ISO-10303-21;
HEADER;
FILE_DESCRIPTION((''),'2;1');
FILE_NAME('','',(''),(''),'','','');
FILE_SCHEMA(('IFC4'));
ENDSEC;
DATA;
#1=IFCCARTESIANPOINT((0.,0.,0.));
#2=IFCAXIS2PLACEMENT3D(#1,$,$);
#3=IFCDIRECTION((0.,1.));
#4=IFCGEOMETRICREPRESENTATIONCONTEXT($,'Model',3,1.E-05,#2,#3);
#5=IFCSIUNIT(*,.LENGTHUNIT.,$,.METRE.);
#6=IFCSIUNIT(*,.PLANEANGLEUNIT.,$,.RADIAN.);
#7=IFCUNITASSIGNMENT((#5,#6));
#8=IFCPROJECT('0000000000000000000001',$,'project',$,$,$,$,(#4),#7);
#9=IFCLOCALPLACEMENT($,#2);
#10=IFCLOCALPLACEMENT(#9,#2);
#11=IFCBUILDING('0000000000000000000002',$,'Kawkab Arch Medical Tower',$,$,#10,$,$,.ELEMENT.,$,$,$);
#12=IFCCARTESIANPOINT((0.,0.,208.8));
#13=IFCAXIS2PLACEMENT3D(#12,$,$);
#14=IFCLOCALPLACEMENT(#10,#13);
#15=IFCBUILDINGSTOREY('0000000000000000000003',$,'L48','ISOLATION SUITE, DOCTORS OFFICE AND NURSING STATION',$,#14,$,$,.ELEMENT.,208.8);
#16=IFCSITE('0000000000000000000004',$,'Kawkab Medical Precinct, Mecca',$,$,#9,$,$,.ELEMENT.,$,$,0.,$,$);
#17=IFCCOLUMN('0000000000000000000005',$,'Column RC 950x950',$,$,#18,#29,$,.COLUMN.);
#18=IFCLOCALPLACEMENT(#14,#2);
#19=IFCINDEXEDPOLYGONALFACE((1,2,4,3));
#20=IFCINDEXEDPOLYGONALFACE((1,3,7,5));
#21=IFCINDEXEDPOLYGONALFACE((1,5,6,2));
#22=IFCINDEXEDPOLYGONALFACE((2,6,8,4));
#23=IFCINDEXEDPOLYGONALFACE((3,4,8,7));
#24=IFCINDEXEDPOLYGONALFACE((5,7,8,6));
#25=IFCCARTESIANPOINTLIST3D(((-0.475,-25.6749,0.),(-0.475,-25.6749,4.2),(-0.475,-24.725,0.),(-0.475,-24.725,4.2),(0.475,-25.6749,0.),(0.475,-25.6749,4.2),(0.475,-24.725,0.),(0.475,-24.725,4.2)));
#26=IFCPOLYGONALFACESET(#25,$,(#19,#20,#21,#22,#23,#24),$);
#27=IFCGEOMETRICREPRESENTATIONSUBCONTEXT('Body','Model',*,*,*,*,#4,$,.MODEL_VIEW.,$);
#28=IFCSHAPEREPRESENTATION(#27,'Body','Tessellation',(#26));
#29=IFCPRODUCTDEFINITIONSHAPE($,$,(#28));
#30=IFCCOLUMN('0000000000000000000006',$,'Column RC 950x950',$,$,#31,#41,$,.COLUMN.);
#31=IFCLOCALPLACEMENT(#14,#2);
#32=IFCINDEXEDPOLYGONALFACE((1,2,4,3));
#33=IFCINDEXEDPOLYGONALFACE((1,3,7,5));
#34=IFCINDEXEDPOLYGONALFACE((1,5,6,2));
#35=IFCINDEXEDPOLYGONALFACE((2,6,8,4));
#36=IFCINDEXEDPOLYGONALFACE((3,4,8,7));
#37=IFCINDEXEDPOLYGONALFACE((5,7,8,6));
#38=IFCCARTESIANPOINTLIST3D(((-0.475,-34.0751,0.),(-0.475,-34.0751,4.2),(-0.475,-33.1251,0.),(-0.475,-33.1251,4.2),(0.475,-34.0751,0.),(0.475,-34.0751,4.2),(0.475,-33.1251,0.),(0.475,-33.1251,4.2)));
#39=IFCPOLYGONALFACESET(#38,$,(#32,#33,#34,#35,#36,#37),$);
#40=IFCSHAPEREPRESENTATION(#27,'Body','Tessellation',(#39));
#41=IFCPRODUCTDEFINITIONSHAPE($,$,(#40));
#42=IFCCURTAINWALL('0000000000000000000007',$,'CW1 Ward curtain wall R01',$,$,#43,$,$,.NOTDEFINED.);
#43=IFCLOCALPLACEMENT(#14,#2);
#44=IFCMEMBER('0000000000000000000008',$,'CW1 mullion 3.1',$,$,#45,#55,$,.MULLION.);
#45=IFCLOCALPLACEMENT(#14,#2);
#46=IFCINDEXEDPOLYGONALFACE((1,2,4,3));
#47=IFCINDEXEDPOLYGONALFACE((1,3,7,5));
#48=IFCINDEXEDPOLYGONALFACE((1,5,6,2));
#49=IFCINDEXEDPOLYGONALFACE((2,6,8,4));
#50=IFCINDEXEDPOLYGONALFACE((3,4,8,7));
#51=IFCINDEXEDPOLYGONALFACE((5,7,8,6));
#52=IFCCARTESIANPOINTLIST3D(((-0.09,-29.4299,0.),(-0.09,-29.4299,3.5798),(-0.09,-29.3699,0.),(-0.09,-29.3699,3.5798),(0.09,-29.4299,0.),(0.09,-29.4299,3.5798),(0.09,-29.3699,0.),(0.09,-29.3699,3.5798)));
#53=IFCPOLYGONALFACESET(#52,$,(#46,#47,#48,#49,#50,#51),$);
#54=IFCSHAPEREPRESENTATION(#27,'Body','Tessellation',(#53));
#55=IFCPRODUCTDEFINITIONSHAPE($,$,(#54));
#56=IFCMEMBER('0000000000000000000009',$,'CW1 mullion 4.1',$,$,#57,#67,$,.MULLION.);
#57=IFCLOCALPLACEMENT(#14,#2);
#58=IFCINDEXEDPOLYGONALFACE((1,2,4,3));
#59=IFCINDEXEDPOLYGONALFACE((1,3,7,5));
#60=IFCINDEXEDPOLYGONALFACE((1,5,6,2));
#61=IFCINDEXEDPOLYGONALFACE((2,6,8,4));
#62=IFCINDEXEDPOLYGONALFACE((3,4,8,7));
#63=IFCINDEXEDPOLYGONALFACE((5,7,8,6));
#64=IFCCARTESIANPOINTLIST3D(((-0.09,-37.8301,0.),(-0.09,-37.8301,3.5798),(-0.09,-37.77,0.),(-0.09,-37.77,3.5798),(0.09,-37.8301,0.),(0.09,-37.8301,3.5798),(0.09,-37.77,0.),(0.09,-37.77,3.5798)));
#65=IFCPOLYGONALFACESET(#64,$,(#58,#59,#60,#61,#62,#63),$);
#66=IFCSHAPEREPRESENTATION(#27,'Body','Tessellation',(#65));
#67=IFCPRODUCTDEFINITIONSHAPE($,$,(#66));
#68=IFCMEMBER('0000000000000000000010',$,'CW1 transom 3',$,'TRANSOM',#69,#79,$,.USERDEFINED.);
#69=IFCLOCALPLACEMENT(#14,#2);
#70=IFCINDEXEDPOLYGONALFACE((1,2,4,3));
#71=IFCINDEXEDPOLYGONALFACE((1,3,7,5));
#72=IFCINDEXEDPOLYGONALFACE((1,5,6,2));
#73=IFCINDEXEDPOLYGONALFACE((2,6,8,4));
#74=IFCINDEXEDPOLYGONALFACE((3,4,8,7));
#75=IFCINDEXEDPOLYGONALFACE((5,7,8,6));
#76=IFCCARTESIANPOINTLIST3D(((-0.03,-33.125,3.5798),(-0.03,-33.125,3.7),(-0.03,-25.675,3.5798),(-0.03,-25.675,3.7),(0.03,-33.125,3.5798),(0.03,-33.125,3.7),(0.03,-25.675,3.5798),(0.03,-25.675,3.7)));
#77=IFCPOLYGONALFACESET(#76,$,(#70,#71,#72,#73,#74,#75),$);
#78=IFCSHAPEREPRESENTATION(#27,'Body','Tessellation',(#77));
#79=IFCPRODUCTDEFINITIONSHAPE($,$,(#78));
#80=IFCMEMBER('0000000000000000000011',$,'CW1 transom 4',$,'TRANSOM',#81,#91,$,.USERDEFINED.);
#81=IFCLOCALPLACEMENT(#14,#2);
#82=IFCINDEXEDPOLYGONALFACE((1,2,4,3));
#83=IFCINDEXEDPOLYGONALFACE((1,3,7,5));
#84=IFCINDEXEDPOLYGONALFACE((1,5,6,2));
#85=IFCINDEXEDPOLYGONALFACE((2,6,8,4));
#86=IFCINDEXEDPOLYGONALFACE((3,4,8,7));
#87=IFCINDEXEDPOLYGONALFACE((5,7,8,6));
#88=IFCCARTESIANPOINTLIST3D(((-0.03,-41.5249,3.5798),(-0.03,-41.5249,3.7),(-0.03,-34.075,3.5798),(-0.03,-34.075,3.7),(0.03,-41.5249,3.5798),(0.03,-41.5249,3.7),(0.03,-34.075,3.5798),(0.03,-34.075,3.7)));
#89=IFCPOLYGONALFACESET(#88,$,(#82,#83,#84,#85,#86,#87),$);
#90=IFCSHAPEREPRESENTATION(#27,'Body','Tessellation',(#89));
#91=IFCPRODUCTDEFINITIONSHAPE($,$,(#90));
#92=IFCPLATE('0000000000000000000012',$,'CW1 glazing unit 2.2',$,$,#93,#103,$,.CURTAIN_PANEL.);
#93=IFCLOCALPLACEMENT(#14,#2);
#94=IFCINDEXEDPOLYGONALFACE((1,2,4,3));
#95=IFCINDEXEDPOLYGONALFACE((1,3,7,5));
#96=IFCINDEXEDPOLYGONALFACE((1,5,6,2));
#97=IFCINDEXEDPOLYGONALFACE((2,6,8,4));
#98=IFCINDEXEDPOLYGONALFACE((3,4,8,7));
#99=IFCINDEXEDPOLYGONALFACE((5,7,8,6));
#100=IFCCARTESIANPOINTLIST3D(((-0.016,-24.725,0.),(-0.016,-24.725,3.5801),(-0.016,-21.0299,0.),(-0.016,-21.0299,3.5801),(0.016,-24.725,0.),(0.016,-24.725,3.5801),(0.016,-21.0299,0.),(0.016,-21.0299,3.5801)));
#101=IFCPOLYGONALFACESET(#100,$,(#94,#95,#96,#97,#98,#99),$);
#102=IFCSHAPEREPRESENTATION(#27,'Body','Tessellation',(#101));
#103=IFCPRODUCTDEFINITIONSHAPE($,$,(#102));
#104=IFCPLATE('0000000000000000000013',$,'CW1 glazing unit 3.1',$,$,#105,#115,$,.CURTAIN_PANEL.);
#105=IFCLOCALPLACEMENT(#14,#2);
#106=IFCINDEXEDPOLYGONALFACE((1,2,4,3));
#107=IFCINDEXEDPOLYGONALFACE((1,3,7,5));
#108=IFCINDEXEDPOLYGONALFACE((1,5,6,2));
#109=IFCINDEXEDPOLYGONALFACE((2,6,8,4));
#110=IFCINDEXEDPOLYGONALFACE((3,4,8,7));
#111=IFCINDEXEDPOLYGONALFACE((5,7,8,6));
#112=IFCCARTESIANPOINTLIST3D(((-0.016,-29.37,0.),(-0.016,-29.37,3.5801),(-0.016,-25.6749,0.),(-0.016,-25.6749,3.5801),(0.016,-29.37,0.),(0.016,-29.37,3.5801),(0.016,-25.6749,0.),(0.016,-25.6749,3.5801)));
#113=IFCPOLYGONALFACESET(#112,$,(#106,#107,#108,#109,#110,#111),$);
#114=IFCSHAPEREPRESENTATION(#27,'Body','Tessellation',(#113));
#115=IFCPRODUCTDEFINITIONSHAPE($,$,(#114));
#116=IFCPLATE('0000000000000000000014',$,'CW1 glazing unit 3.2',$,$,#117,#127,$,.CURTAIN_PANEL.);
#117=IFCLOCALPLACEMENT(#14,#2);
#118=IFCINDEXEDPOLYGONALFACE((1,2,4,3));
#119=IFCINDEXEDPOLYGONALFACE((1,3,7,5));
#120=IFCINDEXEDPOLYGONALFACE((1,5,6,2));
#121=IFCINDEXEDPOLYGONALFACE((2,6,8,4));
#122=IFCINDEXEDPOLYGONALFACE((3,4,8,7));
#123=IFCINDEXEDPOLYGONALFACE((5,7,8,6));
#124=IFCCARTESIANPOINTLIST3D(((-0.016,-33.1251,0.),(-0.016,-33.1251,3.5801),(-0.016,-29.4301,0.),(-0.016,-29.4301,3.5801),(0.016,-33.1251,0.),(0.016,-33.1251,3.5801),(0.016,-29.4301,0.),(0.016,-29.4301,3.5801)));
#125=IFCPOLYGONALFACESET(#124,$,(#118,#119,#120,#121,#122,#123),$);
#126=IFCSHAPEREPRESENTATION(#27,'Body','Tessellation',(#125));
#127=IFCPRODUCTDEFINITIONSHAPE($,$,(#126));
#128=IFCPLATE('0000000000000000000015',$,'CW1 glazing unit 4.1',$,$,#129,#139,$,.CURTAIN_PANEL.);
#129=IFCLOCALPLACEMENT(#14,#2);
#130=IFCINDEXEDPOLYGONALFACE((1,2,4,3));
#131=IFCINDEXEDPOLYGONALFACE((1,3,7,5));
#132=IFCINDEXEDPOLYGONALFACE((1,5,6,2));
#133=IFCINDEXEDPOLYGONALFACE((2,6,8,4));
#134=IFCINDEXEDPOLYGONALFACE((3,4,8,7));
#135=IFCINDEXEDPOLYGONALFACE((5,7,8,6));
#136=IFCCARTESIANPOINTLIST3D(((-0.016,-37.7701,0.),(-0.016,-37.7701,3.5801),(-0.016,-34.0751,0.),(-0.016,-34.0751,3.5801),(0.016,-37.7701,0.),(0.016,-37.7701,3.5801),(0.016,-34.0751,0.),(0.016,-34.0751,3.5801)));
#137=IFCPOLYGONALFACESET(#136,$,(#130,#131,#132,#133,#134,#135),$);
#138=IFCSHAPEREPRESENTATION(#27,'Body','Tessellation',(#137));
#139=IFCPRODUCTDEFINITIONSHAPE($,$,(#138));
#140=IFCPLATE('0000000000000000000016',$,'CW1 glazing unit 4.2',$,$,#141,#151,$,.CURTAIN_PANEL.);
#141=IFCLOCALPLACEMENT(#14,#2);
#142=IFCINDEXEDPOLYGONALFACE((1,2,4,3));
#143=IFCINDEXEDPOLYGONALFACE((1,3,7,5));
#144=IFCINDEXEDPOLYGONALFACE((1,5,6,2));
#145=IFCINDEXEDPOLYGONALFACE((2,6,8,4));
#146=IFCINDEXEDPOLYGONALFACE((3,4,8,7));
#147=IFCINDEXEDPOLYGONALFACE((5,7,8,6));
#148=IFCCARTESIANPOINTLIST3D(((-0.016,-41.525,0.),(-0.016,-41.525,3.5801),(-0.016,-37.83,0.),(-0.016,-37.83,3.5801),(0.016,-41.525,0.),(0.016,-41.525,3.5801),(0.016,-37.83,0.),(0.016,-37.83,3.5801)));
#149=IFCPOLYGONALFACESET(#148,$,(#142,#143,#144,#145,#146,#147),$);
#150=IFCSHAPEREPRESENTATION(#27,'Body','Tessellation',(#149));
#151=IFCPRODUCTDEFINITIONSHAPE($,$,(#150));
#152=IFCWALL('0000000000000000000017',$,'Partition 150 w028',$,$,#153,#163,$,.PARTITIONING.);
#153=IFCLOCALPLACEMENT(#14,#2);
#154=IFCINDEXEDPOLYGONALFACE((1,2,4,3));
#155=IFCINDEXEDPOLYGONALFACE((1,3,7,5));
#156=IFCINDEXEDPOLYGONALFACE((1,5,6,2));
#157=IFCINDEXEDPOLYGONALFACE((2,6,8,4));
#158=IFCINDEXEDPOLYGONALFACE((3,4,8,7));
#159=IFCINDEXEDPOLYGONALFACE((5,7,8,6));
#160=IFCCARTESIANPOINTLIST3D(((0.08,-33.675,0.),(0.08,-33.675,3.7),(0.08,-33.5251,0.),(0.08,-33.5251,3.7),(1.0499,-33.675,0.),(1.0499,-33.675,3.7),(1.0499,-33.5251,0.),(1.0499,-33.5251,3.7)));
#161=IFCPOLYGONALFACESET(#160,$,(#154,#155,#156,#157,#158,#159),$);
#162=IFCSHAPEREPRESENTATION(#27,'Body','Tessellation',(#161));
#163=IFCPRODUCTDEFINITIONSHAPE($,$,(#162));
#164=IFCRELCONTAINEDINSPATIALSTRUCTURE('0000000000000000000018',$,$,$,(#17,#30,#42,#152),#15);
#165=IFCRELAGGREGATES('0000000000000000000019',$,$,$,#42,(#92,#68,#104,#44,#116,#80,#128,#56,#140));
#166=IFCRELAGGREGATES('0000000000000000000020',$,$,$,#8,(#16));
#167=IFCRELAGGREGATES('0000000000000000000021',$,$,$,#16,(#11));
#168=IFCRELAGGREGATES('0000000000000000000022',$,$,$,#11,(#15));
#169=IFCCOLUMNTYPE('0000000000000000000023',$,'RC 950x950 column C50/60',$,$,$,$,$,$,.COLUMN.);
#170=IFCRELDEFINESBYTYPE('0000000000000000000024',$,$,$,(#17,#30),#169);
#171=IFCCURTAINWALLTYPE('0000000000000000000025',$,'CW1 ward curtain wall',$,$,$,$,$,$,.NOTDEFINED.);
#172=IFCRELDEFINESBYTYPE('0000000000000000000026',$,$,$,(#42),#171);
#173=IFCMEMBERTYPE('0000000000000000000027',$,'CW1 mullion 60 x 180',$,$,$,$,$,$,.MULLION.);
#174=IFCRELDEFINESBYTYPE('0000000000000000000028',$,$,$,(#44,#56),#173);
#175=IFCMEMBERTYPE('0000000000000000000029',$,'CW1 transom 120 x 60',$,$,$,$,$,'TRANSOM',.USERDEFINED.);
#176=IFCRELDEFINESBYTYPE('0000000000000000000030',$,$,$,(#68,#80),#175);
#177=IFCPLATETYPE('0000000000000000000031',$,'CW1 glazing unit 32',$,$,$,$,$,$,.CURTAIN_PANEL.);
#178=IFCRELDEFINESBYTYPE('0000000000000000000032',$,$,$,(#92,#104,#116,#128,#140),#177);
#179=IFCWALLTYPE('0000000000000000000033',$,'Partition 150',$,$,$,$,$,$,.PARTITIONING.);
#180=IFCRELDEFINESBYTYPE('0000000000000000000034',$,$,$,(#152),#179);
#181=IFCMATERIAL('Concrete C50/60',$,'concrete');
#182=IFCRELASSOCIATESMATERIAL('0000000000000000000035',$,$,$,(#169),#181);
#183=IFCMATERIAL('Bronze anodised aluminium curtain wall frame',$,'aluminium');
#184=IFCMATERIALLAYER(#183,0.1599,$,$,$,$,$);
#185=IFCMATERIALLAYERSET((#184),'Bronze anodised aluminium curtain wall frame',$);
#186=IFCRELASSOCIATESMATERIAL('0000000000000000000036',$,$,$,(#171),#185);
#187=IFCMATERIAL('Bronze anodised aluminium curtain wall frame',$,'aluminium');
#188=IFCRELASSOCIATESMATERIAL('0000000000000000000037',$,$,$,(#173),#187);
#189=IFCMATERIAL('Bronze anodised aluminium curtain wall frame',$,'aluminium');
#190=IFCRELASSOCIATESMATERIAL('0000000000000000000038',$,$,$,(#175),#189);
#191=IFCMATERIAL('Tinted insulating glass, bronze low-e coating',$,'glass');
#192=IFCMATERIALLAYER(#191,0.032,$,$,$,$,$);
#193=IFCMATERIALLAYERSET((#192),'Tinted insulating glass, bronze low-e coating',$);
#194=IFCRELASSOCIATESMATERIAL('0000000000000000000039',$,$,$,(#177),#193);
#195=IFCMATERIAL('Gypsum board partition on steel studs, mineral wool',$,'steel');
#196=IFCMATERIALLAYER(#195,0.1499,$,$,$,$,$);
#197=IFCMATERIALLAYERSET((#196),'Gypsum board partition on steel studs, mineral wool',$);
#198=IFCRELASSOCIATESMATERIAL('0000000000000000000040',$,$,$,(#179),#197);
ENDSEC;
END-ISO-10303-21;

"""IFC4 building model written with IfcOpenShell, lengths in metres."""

from ifc_helpers import new_model, si_unit, direction, frame, frame_2d, origin, origin_2d, place, context, subcontext, project, spatial, rectangle, extrude, material, layer, layer_set, material_profile, profile_set, type_object, element, aggregate, save


model = new_model("IFC4")

# Units and contexts
model_context = context("Model", 3, precision=1e-05, world=origin(), true_north=direction((0.0, 1.0)))
body_context = subcontext(model_context, "Body", "Model", "MODEL_VIEW")
ifc_project = project(units=[si_unit("LENGTHUNIT", "METRE"), si_unit("PLANEANGLEUNIT", "RADIAN")], contexts=[model_context])

# Site, building, storey
site_placement = place(None, origin())
site = spatial("IfcSite", under=ifc_project, at=site_placement, Name="Kawkab Medical Precinct, Mecca", CompositionType="ELEMENT", RefElevation=0.0)
building_placement = place(site_placement, origin())
building = spatial("IfcBuilding", under=site, at=building_placement, Name="Kawkab Arch Medical Tower", CompositionType="ELEMENT")
storey_placement = place(building_placement, frame((0.0, 0.0, 208.8)))
storey = spatial("IfcBuildingStorey", under=building, at=storey_placement, Name="L48", Description="ISOLATION SUITE, DOCTORS OFFICE AND NURSING STATION", CompositionType="ELEMENT", Elevation=208.8)

# Columns
ifc_material_1 = material(Name="Concrete C50/60", Category="concrete")
ifc_material_profile_1 = material_profile(ifc_material_1, rectangle(XDim=0.95, YDim=0.95, at=origin_2d()), Name="RC 950x950")
ifc_profile_set_1 = profile_set([ifc_material_profile_1], Name="Concrete C50/60")
column_type = type_object("IfcColumnType", Name="RC 950x950 column C50/60", PredefinedType="COLUMN", material=ifc_profile_set_1)
for number, where, z_axis, x_axis, name in (
    (1, (0.0, -25.2, 0.0), (0.0, 0.0, 1.0), (1.0, 0.0, 0.0), "Column RC 950x950"),
    (2, (0.0, -33.6001, 0.0), (0.0, 0.0, 1.0), (1.0, 0.0, 0.0), "Column RC 950x950"),
):
    element("IfcColumn", number, at=place(storey_placement, frame(where, z_axis=z_axis, x_axis=x_axis)), inside=storey, type_object=column_type, Name=name, PredefinedType="COLUMN", context=body_context, shape_type="SweptSolid", body=[
        extrude(rectangle(XDim=0.95, YDim=0.95, at=origin_2d()), origin(), (0.0, 0.0, 1.0), 4.2),
    ])

# Curtain wall, members, plates
ifc_material_2 = material(Name="Bronze anodised aluminium curtain wall frame", Category="aluminium")
ifc_layer_1 = layer(ifc_material_2, 0.1599)
ifc_layer_set_1 = layer_set([ifc_layer_1], Name="Bronze anodised aluminium curtain wall frame")
curtain_wall_type = type_object("IfcCurtainWallType", Name="CW1 ward curtain wall", PredefinedType="NOTDEFINED", material=ifc_layer_set_1)
curtain_wall_placement = place(storey_placement, origin())
curtain_wall = element("IfcCurtainWall", 3, at=curtain_wall_placement, inside=storey, type_object=curtain_wall_type, Name="CW1 Ward curtain wall R01", PredefinedType="NOTDEFINED")
ifc_material_3 = material(Name="Bronze anodised aluminium curtain wall frame", Category="aluminium")
ifc_material_profile_2 = material_profile(ifc_material_3, rectangle(XDim=0.1799, YDim=0.0601, at=origin_2d()), Name="AL 60x180")
ifc_profile_set_2 = profile_set([ifc_material_profile_2], Name="Bronze anodised aluminium curtain wall frame")
member_type_1 = type_object("IfcMemberType", Name="CW1 mullion 60 x 180", PredefinedType="MULLION", material=ifc_profile_set_2)
member_1_placement = place(storey_placement, frame((0.0, -29.3999, 0.0), z_axis=(0.0, 0.0, 1.0), x_axis=(1.0, 0.0, 0.0)))
member_1 = element("IfcMember", 4, at=member_1_placement, type_object=member_type_1, Name="CW1 mullion 3.1", PredefinedType="MULLION", context=body_context, shape_type="SweptSolid", body=[
    extrude(rectangle(XDim=0.1799, YDim=0.0601, at=origin_2d()), origin(), (0.0, 0.0, 1.0), 3.5798),
])
member_2_placement = place(storey_placement, frame((0.0, -37.8, 0.0), z_axis=(0.0, 0.0, 1.0), x_axis=(1.0, 0.0, 0.0)))
member_2 = element("IfcMember", 5, at=member_2_placement, type_object=member_type_1, Name="CW1 mullion 4.1", PredefinedType="MULLION", context=body_context, shape_type="SweptSolid", body=[
    extrude(rectangle(XDim=0.1799, YDim=0.0601, at=origin_2d()), origin(), (0.0, 0.0, 1.0), 3.5798),
])
ifc_material_4 = material(Name="Bronze anodised aluminium curtain wall frame", Category="aluminium")
ifc_material_profile_3 = material_profile(ifc_material_4, rectangle(XDim=0.0601, YDim=0.1201, at=origin_2d()), Name="AL 60x120")
ifc_profile_set_3 = profile_set([ifc_material_profile_3], Name="Bronze anodised aluminium curtain wall frame")
member_type_2 = type_object("IfcMemberType", Name="CW1 transom 120 x 60", ElementType="TRANSOM", PredefinedType="USERDEFINED", material=ifc_profile_set_3)
member_3_placement = place(storey_placement, frame((0.0, -25.675, 3.6399), z_axis=(0.0, -1.0, 0.0), x_axis=(1.0, 0.0, 0.0)))
member_3 = element("IfcMember", 6, at=member_3_placement, type_object=member_type_2, Name="CW1 transom 3", ObjectType="TRANSOM", PredefinedType="USERDEFINED", context=body_context, shape_type="SweptSolid", body=[
    extrude(rectangle(XDim=0.0601, YDim=0.1201, at=origin_2d()), origin(), (0.0, 0.0, 1.0), 7.45),
])
member_4_placement = place(storey_placement, frame((0.0, -34.075, 3.6399), z_axis=(0.0, -1.0, 0.0), x_axis=(1.0, 0.0, 0.0)))
member_4 = element("IfcMember", 7, at=member_4_placement, type_object=member_type_2, Name="CW1 transom 4", ObjectType="TRANSOM", PredefinedType="USERDEFINED", context=body_context, shape_type="SweptSolid", body=[
    extrude(rectangle(XDim=0.0601, YDim=0.1201, at=origin_2d()), origin(), (0.0, 0.0, 1.0), 7.45),
])
ifc_material_5 = material(Name="Tinted insulating glass, bronze low-e coating", Category="glass")
ifc_layer_2 = layer(ifc_material_5, 0.032)
ifc_layer_set_2 = layer_set([ifc_layer_2], Name="Tinted insulating glass, bronze low-e coating")
plate_type = type_object("IfcPlateType", Name="CW1 glazing unit 32", PredefinedType="CURTAIN_PANEL", material=ifc_layer_set_2)
plate_1_placement = place(storey_placement, frame((0.0, -22.8774, 0.0), z_axis=(0.0, 0.0, 1.0), x_axis=(0.0, -1.0, 0.0)))
plate_1 = element("IfcPlate", 8, at=plate_1_placement, type_object=plate_type, Name="CW1 glazing unit 2.2", PredefinedType="CURTAIN_PANEL", context=body_context, shape_type="SweptSolid", body=[
    extrude(rectangle(XDim=3.6951, YDim=0.032, at=origin_2d()), origin(), (0.0, 0.0, 1.0), 3.5801),
])
plate_2_placement = place(storey_placement, frame((0.0, -27.5225, 0.0), z_axis=(0.0, 0.0, 1.0), x_axis=(0.0, -1.0, 0.0)))
plate_2 = element("IfcPlate", 9, at=plate_2_placement, type_object=plate_type, Name="CW1 glazing unit 3.1", PredefinedType="CURTAIN_PANEL", context=body_context, shape_type="SweptSolid", body=[
    extrude(rectangle(XDim=3.6951, YDim=0.032, at=origin_2d()), origin(), (0.0, 0.0, 1.0), 3.5801),
])
plate_3_placement = place(storey_placement, frame((0.0, -31.2776, 0.0), z_axis=(0.0, 0.0, 1.0), x_axis=(0.0, -1.0, 0.0)))
plate_3 = element("IfcPlate", 10, at=plate_3_placement, type_object=plate_type, Name="CW1 glazing unit 3.2", PredefinedType="CURTAIN_PANEL", context=body_context, shape_type="SweptSolid", body=[
    extrude(rectangle(XDim=3.6951, YDim=0.032, at=origin_2d()), origin(), (0.0, 0.0, 1.0), 3.5801),
])
plate_4_placement = place(storey_placement, frame((0.0, -35.9226, 0.0), z_axis=(0.0, 0.0, 1.0), x_axis=(0.0, -1.0, 0.0)))
plate_4 = element("IfcPlate", 11, at=plate_4_placement, type_object=plate_type, Name="CW1 glazing unit 4.1", PredefinedType="CURTAIN_PANEL", context=body_context, shape_type="SweptSolid", body=[
    extrude(rectangle(XDim=3.6951, YDim=0.032, at=origin_2d()), origin(), (0.0, 0.0, 1.0), 3.5801),
])
plate_5_placement = place(storey_placement, frame((0.0, -39.6775, 0.0), z_axis=(0.0, 0.0, 1.0), x_axis=(0.0, -1.0, 0.0)))
plate_5 = element("IfcPlate", 12, at=plate_5_placement, type_object=plate_type, Name="CW1 glazing unit 4.2", PredefinedType="CURTAIN_PANEL", context=body_context, shape_type="SweptSolid", body=[
    extrude(rectangle(XDim=3.6951, YDim=0.032, at=origin_2d()), origin(), (0.0, 0.0, 1.0), 3.5801),
])
aggregate(curtain_wall, [plate_1, member_3, plate_2, member_1, plate_3, member_4, plate_4, member_2, plate_5])

# Wall
ifc_material_6 = material(Name="Gypsum board partition on steel studs, mineral wool", Category="steel")
ifc_layer_3 = layer(ifc_material_6, 0.1499)
ifc_layer_set_3 = layer_set([ifc_layer_3], Name="Gypsum board partition on steel studs, mineral wool")
wall_type_1 = type_object("IfcWallType", Name="Partition 150", PredefinedType="PARTITIONING", material=ifc_layer_set_3)
wall_1_placement = place(storey_placement, frame((0.0801, -33.6001, 0.0), z_axis=(0.0, 0.0, 1.0), x_axis=(1.0, 0.0, 0.0)))
element("IfcWall", 13, at=wall_1_placement, inside=storey, type_object=wall_type_1, Name="Partition 150 w028", PredefinedType="PARTITIONING", context=body_context, shape_type="SweptSolid", body=[
    extrude(rectangle(XDim=0.97, YDim=0.1499, at=frame_2d((0.4849, 0.0))), origin(), (0.0, 0.0, 1.0), 3.7),
])

save(model, "model.ifc")
